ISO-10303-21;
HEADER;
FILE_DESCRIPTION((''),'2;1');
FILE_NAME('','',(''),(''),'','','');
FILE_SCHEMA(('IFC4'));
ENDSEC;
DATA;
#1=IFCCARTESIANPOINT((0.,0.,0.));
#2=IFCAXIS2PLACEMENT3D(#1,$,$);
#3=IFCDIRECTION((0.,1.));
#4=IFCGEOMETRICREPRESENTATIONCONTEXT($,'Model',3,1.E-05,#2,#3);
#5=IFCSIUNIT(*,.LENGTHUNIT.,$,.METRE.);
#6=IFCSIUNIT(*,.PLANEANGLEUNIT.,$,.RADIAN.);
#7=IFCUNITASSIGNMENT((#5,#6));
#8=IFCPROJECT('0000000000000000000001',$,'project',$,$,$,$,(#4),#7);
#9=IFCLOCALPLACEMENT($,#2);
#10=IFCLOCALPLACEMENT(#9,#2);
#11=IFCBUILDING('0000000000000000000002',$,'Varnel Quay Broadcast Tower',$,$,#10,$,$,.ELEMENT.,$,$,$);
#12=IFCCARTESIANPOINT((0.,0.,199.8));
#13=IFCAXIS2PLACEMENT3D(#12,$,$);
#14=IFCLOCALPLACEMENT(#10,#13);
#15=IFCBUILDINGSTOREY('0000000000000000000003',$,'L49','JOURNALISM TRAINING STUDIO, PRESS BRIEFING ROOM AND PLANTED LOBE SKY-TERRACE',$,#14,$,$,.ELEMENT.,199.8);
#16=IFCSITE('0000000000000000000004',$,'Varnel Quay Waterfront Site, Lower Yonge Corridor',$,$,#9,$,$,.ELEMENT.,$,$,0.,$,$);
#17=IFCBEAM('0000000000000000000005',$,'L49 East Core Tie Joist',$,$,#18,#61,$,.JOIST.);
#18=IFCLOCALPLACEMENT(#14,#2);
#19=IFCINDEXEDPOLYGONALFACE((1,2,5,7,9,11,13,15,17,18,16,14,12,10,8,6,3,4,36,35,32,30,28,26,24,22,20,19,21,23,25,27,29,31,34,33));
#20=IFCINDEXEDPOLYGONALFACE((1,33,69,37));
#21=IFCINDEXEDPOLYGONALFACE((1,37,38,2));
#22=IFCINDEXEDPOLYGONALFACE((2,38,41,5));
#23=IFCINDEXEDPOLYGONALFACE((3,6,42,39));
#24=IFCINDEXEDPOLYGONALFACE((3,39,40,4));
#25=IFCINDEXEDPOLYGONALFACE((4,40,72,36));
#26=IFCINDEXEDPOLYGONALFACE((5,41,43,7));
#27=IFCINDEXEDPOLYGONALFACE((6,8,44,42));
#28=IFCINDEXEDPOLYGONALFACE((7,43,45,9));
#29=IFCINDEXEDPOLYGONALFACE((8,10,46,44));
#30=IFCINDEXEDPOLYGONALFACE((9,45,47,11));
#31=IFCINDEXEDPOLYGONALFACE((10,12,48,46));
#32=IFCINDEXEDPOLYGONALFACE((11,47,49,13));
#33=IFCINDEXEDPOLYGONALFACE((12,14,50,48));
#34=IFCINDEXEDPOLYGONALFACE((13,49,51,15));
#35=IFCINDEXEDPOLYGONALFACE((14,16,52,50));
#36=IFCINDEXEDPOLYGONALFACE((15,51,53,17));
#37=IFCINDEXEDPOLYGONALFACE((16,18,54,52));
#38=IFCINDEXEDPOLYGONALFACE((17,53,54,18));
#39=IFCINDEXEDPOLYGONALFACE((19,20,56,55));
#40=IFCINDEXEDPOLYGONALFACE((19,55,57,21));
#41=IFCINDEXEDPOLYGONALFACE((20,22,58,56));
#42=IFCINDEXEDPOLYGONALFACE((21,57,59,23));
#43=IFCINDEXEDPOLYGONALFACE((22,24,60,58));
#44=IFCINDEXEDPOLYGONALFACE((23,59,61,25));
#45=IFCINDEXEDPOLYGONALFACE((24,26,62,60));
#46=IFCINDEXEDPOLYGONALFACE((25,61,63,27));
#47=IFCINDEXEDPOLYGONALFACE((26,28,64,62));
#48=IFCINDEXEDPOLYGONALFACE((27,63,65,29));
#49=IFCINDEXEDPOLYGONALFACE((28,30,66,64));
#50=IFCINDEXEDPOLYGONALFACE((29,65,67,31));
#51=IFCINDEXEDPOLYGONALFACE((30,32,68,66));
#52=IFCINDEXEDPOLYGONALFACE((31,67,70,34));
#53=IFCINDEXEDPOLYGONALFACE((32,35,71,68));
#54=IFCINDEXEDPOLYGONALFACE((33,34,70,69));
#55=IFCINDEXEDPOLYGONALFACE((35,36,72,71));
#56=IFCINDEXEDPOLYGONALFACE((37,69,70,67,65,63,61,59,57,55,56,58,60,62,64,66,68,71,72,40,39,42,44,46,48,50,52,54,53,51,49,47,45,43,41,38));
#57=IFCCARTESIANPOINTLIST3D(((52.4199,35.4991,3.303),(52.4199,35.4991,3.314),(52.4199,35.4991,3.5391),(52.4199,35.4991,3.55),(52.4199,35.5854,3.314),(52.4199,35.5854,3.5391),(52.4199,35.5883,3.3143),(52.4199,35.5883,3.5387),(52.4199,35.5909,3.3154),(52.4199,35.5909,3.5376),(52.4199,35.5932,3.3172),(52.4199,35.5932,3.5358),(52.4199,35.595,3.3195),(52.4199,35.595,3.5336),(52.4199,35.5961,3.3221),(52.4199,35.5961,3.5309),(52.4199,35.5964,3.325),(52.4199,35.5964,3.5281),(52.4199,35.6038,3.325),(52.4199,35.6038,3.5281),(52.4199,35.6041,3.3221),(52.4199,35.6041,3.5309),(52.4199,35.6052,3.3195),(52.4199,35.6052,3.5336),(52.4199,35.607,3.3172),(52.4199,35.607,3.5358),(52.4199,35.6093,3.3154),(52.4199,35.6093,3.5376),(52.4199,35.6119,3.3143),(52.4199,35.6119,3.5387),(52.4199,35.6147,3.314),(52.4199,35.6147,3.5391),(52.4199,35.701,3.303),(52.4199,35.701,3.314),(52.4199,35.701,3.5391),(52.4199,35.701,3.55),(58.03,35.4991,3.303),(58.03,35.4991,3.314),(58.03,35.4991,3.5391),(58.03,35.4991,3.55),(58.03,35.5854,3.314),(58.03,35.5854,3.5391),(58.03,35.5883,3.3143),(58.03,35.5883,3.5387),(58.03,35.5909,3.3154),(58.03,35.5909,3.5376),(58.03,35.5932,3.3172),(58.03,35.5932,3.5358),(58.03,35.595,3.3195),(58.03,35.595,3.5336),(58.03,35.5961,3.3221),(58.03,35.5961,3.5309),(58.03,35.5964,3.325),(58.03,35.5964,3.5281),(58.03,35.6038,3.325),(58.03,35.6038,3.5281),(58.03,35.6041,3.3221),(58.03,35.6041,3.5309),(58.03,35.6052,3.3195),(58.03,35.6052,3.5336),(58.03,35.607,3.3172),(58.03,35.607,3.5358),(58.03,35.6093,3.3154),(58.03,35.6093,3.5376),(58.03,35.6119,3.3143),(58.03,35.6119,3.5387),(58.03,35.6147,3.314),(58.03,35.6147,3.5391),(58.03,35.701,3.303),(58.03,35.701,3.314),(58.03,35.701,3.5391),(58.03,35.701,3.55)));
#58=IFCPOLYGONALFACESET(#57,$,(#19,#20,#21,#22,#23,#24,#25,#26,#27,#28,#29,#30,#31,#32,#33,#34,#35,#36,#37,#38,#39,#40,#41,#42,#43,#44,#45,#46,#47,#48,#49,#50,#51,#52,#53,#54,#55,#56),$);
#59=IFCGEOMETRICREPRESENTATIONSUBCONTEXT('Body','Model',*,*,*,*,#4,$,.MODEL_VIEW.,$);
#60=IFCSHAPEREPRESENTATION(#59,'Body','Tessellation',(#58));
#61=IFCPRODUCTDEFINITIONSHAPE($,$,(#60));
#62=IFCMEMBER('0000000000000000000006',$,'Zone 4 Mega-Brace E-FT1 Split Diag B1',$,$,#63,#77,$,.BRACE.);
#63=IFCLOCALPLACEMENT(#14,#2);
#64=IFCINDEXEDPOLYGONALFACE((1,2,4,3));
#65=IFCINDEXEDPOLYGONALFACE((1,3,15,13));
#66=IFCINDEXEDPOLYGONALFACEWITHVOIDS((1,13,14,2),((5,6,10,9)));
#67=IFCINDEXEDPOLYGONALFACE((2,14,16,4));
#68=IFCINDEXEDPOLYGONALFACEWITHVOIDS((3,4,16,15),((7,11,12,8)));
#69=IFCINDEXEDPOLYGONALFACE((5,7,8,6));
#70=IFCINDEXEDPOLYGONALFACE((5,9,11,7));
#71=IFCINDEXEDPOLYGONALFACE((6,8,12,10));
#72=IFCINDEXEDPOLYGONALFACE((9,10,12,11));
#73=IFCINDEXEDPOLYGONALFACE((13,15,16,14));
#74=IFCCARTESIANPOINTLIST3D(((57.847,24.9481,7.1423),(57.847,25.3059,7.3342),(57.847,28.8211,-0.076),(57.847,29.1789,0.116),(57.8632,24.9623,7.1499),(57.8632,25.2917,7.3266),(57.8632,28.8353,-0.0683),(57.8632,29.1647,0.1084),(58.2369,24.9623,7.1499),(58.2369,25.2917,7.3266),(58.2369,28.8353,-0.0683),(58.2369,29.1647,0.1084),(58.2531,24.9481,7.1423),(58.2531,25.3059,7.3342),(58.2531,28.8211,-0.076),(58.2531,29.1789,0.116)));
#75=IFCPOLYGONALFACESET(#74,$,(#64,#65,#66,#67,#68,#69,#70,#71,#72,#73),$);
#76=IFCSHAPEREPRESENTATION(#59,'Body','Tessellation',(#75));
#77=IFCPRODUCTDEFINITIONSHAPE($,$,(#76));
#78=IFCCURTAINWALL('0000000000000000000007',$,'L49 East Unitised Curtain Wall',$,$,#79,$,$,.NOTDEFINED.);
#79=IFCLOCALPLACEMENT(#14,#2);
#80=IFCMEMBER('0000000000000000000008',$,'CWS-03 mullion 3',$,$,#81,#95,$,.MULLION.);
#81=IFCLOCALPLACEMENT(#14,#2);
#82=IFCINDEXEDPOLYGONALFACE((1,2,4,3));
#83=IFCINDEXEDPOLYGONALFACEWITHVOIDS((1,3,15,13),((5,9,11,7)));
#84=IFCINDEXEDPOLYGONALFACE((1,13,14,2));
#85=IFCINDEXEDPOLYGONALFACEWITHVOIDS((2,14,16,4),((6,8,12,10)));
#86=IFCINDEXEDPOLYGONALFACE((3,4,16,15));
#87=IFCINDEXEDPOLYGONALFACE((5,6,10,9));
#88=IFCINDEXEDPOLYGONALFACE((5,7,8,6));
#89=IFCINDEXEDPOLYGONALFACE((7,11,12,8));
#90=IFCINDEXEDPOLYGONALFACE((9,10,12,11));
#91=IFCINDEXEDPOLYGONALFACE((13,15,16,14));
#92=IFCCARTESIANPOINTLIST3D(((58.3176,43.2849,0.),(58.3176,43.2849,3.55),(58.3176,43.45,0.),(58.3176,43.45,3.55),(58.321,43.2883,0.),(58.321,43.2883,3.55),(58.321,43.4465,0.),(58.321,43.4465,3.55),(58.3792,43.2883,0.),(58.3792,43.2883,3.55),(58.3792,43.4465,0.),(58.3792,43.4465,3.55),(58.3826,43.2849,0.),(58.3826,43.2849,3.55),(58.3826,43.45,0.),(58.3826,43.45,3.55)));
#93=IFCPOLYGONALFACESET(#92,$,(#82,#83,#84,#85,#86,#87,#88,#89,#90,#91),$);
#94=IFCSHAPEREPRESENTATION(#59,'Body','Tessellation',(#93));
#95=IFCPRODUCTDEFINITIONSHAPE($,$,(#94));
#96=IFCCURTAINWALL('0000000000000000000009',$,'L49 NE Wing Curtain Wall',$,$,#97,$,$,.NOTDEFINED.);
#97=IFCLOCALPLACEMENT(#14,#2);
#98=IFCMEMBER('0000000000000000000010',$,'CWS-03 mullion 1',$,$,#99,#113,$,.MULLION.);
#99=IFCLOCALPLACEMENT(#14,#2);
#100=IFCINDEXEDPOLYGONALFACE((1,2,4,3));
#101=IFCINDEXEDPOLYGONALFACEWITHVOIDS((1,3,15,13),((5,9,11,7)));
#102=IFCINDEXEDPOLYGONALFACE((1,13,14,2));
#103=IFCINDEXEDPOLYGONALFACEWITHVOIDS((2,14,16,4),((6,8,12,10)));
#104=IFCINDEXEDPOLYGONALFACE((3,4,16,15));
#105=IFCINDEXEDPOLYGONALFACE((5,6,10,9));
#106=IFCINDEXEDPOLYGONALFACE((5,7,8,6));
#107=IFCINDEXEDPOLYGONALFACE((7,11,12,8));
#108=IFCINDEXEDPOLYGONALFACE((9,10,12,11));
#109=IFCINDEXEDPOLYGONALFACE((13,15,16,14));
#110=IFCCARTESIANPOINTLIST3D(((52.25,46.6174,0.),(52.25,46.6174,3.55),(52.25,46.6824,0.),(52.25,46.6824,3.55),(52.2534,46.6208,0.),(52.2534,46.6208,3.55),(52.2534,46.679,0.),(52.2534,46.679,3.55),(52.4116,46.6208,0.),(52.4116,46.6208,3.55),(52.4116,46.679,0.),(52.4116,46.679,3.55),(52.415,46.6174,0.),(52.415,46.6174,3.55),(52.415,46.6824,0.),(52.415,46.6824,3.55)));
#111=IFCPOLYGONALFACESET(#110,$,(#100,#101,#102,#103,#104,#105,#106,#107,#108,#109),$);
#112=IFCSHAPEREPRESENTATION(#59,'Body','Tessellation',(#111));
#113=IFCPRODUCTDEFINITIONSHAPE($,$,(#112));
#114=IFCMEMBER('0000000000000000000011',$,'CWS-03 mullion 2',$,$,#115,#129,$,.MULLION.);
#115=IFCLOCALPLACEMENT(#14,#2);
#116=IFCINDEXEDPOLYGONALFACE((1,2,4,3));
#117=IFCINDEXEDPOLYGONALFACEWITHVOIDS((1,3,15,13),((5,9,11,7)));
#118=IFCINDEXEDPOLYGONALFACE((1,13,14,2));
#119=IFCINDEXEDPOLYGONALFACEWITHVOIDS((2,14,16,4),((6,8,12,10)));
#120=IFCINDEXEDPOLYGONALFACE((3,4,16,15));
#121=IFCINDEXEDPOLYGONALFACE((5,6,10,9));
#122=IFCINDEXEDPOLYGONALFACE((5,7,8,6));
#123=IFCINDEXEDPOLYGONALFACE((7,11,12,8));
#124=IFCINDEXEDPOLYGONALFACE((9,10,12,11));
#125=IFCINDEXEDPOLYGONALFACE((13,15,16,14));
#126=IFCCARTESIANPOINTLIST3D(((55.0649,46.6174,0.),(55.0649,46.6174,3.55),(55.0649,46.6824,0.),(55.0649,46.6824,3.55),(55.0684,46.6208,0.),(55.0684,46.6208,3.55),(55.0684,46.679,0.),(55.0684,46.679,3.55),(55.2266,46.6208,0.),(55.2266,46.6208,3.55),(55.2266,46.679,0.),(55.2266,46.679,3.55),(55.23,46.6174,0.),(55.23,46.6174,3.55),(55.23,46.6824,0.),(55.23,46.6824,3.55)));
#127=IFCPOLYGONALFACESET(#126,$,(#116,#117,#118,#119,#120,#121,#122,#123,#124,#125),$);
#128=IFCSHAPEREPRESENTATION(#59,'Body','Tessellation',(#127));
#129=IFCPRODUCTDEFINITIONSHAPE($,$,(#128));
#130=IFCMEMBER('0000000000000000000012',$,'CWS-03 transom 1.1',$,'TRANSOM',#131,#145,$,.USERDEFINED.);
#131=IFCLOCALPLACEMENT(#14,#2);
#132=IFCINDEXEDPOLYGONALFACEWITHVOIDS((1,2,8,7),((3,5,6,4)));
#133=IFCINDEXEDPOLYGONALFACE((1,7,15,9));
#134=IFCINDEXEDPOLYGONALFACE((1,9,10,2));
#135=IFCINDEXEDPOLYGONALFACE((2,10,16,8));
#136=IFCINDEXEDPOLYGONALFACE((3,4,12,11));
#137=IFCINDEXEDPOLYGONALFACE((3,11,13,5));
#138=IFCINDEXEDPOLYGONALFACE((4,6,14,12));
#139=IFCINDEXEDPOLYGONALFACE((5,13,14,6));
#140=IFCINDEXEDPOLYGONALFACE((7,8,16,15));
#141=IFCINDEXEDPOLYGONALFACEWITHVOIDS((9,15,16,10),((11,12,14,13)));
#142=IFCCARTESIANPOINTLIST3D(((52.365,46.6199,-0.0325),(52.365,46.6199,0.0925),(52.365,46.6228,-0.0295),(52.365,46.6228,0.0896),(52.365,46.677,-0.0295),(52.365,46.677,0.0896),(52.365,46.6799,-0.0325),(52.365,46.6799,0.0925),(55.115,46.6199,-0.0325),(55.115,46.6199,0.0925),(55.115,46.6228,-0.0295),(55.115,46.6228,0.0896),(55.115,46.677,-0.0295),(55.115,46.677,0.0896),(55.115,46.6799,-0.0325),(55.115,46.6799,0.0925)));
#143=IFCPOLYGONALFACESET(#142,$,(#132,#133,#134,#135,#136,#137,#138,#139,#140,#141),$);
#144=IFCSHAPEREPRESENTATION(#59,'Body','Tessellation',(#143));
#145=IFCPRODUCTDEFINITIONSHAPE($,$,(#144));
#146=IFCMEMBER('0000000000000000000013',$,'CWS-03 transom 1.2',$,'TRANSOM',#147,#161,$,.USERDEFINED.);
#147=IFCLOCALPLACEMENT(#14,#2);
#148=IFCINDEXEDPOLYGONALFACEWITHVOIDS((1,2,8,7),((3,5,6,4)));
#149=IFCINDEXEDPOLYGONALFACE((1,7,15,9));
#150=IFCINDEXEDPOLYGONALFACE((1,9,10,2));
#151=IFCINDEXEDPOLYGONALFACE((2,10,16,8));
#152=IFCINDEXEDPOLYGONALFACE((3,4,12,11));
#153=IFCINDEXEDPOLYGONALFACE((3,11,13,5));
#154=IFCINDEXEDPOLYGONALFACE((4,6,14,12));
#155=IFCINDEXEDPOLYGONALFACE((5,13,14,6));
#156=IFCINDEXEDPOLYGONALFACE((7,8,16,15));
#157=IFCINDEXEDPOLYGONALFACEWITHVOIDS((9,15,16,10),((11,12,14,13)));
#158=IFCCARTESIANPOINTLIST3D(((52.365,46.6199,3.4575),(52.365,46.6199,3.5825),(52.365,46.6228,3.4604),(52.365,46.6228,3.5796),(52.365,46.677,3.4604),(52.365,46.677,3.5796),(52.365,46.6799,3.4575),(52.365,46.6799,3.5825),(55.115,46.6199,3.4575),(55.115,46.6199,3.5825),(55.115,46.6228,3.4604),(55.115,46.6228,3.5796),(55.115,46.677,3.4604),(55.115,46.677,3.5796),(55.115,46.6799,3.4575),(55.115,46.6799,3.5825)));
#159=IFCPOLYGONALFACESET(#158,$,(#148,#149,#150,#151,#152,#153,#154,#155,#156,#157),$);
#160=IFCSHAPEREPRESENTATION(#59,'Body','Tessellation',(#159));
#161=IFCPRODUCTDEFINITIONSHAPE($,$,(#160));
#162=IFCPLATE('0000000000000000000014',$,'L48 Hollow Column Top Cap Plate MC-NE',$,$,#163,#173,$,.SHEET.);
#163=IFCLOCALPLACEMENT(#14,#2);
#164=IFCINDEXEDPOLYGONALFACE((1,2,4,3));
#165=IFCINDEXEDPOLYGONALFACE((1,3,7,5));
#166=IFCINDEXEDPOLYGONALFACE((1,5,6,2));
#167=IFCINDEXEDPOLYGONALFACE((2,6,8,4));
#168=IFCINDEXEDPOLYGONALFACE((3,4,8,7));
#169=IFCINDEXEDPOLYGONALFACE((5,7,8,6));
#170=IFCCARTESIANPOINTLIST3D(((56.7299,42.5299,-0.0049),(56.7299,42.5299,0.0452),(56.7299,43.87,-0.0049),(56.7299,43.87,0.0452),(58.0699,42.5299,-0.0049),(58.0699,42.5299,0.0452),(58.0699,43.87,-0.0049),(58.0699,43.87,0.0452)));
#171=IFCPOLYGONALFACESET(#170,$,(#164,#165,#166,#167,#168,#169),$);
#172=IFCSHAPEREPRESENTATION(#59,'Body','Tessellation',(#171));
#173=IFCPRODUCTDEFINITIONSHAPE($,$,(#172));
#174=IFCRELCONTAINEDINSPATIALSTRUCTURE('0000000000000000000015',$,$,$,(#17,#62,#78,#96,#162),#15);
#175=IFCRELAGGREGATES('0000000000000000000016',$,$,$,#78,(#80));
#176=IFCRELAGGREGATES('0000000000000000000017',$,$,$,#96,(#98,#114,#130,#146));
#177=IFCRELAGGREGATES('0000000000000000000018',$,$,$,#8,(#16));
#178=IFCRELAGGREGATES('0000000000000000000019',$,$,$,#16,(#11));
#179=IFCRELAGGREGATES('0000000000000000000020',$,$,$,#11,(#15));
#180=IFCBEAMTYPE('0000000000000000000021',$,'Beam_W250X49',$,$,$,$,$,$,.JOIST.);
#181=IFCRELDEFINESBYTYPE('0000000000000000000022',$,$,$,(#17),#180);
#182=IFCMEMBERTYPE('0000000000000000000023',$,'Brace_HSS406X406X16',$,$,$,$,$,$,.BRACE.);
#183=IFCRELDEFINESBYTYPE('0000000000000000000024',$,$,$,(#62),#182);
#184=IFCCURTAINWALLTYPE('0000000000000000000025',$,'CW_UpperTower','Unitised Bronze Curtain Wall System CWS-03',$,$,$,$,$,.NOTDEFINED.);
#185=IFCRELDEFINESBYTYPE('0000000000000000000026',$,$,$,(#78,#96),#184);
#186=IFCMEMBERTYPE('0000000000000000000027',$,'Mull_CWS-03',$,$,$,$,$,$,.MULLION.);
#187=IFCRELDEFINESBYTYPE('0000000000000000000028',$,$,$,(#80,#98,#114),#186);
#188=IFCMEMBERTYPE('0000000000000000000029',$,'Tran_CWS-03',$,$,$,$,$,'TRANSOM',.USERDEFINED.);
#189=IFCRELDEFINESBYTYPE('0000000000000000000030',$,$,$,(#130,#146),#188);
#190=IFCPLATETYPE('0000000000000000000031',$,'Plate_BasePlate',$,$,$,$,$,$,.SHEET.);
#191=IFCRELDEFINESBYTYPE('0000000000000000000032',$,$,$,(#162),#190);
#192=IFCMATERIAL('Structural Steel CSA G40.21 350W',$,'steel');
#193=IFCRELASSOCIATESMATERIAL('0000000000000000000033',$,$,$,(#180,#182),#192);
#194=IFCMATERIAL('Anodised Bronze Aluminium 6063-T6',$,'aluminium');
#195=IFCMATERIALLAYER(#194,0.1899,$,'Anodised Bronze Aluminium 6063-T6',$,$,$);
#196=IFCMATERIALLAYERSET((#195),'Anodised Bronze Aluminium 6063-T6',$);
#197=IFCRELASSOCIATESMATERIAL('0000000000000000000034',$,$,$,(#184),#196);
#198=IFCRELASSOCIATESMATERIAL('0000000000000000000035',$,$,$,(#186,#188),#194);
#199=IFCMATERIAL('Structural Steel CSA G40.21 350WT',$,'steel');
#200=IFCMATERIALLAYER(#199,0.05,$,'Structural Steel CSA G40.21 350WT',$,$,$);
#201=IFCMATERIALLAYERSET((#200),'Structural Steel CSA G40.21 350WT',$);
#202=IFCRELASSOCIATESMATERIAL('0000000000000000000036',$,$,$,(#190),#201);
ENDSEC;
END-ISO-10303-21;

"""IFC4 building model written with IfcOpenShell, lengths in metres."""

from ifc_helpers import new_model, si_unit, direction, frame, origin, origin_2d, place, context, subcontext, project, spatial, rectangle, hollow_rectangle, i_section, extrude, source, transform, mapped, material, layer, layer_set, material_profile, profile_set, type_object, type_shapes, element, aggregate, save


model = new_model("IFC4")

# Units and contexts
model_context = context("Model", 3, precision=1e-05, world=origin(), true_north=direction((0.0, 1.0)))
body_context = subcontext(model_context, "Body", "Model", "MODEL_VIEW")
ifc_project = project(units=[si_unit("LENGTHUNIT", "METRE"), si_unit("PLANEANGLEUNIT", "RADIAN")], contexts=[model_context])

# Site, building, storey
site_placement = place(None, origin())
site = spatial("IfcSite", under=ifc_project, at=site_placement, Name="Varnel Quay Waterfront Site, Lower Yonge Corridor", CompositionType="ELEMENT", RefElevation=0.0)
building_placement = place(site_placement, origin())
building = spatial("IfcBuilding", under=site, at=building_placement, Name="Varnel Quay Broadcast Tower", CompositionType="ELEMENT")
storey_placement = place(building_placement, frame((0.0, 0.0, 199.8)))
storey = spatial("IfcBuildingStorey", under=building, at=storey_placement, Name="L49", Description="JOURNALISM TRAINING STUDIO, PRESS BRIEFING ROOM AND PLANTED LOBE SKY-TERRACE", CompositionType="ELEMENT", Elevation=199.8)

# Shared definitions
ifc_material_1 = material(Name="Structural Steel CSA G40.21 350WT", Category="steel")
ifc_material_2 = material(Name="Structural Steel CSA G40.21 350W", Category="steel")

# Beam
ifc_material_profile_1 = material_profile(ifc_material_2, i_section(OverallWidth=0.2019, OverallDepth=0.2471, WebThickness=0.0073, FlangeThickness=0.011, FilletRadius=0.011, at=origin_2d()), Name="W250X49")
ifc_profile_set_1 = profile_set([ifc_material_profile_1], Name="Structural Steel CSA G40.21 350W")
beam_type_1 = type_object("IfcBeamType", Name="Beam_W250X49", PredefinedType="JOIST", material=ifc_profile_set_1)
shared_shape_1 = source(origin(), body_context, "Body", "SweptSolid", [
    extrude(i_section(OverallWidth=0.2019, OverallDepth=0.2471, WebThickness=0.0073, FlangeThickness=0.011, FilletRadius=0.011, at=origin_2d()), origin(), (0.0, 0.0, 1.0), 5.6101),
])
type_shapes(beam_type_1, [shared_shape_1])
beam_1_placement = place(storey_placement, frame((52.4199, 35.6001, 3.4265), z_axis=(1.0, 0.0, 0.0), x_axis=(0.0, 1.0, 0.0)))
element("IfcBeam", 1, at=beam_1_placement, inside=storey, type_object=beam_type_1, Name="L49 East Core Tie Joist", PredefinedType="JOIST", context=body_context, shape_type="MappedRepresentation", body=[
    mapped(shared_shape_1, transform((0.0, 0.0, 0.0), x_axis=(1.0, 0.0, 0.0), y_axis=(0.0, 1.0, 0.0), z_axis=(0.0, 0.0, 1.0), scale=1.0)),
])

# Member
ifc_material_profile_2 = material_profile(ifc_material_2, hollow_rectangle(XDim=0.406, YDim=0.406, WallThickness=0.0161, at=origin_2d()), Name="HSS406X406X16")
ifc_profile_set_2 = profile_set([ifc_material_profile_2], Name="Structural Steel CSA G40.21 350W")
member_type_1 = type_object("IfcMemberType", Name="Brace_HSS406X406X16", PredefinedType="BRACE", material=ifc_profile_set_2)
shared_shape_2 = source(origin(), body_context, "Body", "SweptSolid", [
    extrude(hollow_rectangle(XDim=0.406, YDim=0.406, WallThickness=0.0161, at=origin_2d()), origin(), (0.0, 0.0, 1.0), 8.1917),
])
type_shapes(member_type_1, [shared_shape_2])
member_1_placement = place(storey_placement, frame((58.05, 29.0, 0.02), z_axis=(0.0, -0.472802, 0.881169), x_axis=(1.0, 0.0, 0.0)))
element("IfcMember", 2, at=member_1_placement, inside=storey, type_object=member_type_1, Name="Zone 4 Mega-Brace E-FT1 Split Diag B1", PredefinedType="BRACE", context=body_context, shape_type="MappedRepresentation", body=[
    mapped(shared_shape_2, transform((0.0, 0.0, 0.0), x_axis=(1.0, 0.0, 0.0), y_axis=(0.0, 1.0, 0.0), z_axis=(0.0, 0.0, 1.0), scale=1.0)),
])

# Curtain wall, member
ifc_material_3 = material(Name="Anodised Bronze Aluminium 6063-T6", Category="aluminium")
ifc_layer_1 = layer(ifc_material_3, 0.1899, Name="Anodised Bronze Aluminium 6063-T6")
ifc_layer_set_1 = layer_set([ifc_layer_1], Name="Anodised Bronze Aluminium 6063-T6")
curtain_wall_type = type_object("IfcCurtainWallType", Name="CW_UpperTower", Description="Unitised Bronze Curtain Wall System CWS-03", PredefinedType="NOTDEFINED", material=ifc_layer_set_1)
curtain_wall_1_placement = place(storey_placement, origin())
curtain_wall_1 = element("IfcCurtainWall", 3, at=curtain_wall_1_placement, inside=storey, type_object=curtain_wall_type, Name="L49 East Unitised Curtain Wall", PredefinedType="NOTDEFINED")
ifc_material_profile_3 = material_profile(ifc_material_3, hollow_rectangle(XDim=0.0649, YDim=0.165, WallThickness=0.0034, at=origin_2d()), Name="ALU65X165X3.5")
ifc_profile_set_3 = profile_set([ifc_material_profile_3], Name="Anodised Bronze Aluminium 6063-T6")
member_type_2 = type_object("IfcMemberType", Name="Mull_CWS-03", PredefinedType="MULLION", material=ifc_profile_set_3)
shared_shape_3 = source(origin(), body_context, "Body", "SweptSolid", [
    extrude(hollow_rectangle(XDim=0.0649, YDim=0.165, WallThickness=0.0034, at=origin_2d()), origin(), (0.0, 0.0, 1.0), 3.55),
])
type_shapes(member_type_2, [shared_shape_3])
member_2_placement = place(storey_placement, frame((58.3501, 43.3674, 0.0), z_axis=(0.0, 0.0, 1.0), x_axis=(-1.0, 0.0, 0.0)))
member_2 = element("IfcMember", 4, at=member_2_placement, type_object=member_type_2, Name="CWS-03 mullion 3", PredefinedType="MULLION", context=body_context, shape_type="MappedRepresentation", body=[
    mapped(shared_shape_3, transform((0.0, 0.0, 0.0), x_axis=(1.0, 0.0, 0.0), y_axis=(0.0, 1.0, 0.0), z_axis=(0.0, 0.0, 1.0), scale=1.0)),
])

# Curtain wall, members
curtain_wall_2_placement = place(storey_placement, origin())
curtain_wall_2 = element("IfcCurtainWall", 5, at=curtain_wall_2_placement, inside=storey, type_object=curtain_wall_type, Name="L49 NE Wing Curtain Wall", PredefinedType="NOTDEFINED")
member_3_placement = place(storey_placement, frame((52.3325, 46.6499, 0.0), z_axis=(0.0, 0.0, 1.0), x_axis=(0.0, 1.0, 0.0)))
member_3 = element("IfcMember", 6, at=member_3_placement, type_object=member_type_2, Name="CWS-03 mullion 1", PredefinedType="MULLION", context=body_context, shape_type="MappedRepresentation", body=[
    mapped(shared_shape_3, transform((0.0, 0.0, 0.0), x_axis=(1.0, 0.0, 0.0), y_axis=(0.0, 1.0, 0.0), z_axis=(0.0, 0.0, 1.0), scale=1.0)),
])
member_4_placement = place(storey_placement, frame((55.1475, 46.6499, 0.0), z_axis=(0.0, 0.0, 1.0), x_axis=(0.0, 1.0, 0.0)))
member_4 = element("IfcMember", 7, at=member_4_placement, type_object=member_type_2, Name="CWS-03 mullion 2", PredefinedType="MULLION", context=body_context, shape_type="MappedRepresentation", body=[
    mapped(shared_shape_3, transform((0.0, 0.0, 0.0), x_axis=(1.0, 0.0, 0.0), y_axis=(0.0, 1.0, 0.0), z_axis=(0.0, 0.0, 1.0), scale=1.0)),
])
ifc_material_profile_4 = material_profile(ifc_material_3, hollow_rectangle(XDim=0.0601, YDim=0.125, WallThickness=0.0029, at=origin_2d()), Name="ALU60X125X3")
ifc_profile_set_4 = profile_set([ifc_material_profile_4], Name="Anodised Bronze Aluminium 6063-T6")
member_type_3 = type_object("IfcMemberType", Name="Tran_CWS-03", ElementType="TRANSOM", PredefinedType="USERDEFINED", material=ifc_profile_set_4)
shared_shape_4 = source(origin(), body_context, "Body", "SweptSolid", [
    extrude(hollow_rectangle(XDim=0.0601, YDim=0.125, WallThickness=0.0029, at=origin_2d()), origin(), (0.0, 0.0, 1.0), 2.75),
])
type_shapes(member_type_3, [shared_shape_4])
member_5_placement = place(storey_placement, frame((52.365, 46.6499, 0.03), z_axis=(1.0, 0.0, 0.0), x_axis=(0.0, 1.0, 0.0)))
member_5 = element("IfcMember", 8, at=member_5_placement, type_object=member_type_3, Name="CWS-03 transom 1.1", ObjectType="TRANSOM", PredefinedType="USERDEFINED", context=body_context, shape_type="MappedRepresentation", body=[
    mapped(shared_shape_4, transform((0.0, 0.0, 0.0), x_axis=(1.0, 0.0, 0.0), y_axis=(0.0, 1.0, 0.0), z_axis=(0.0, 0.0, 1.0), scale=1.0)),
])
member_6_placement = place(storey_placement, frame((52.365, 46.6499, 3.52), z_axis=(1.0, 0.0, 0.0), x_axis=(0.0, 1.0, 0.0)))
member_6 = element("IfcMember", 9, at=member_6_placement, type_object=member_type_3, Name="CWS-03 transom 1.2", ObjectType="TRANSOM", PredefinedType="USERDEFINED", context=body_context, shape_type="MappedRepresentation", body=[
    mapped(shared_shape_4, transform((0.0, 0.0, 0.0), x_axis=(1.0, 0.0, 0.0), y_axis=(0.0, 1.0, 0.0), z_axis=(0.0, 0.0, 1.0), scale=1.0)),
])

# Plate
ifc_layer_2 = layer(ifc_material_1, 0.05, Name="Structural Steel CSA G40.21 350WT")
ifc_layer_set_2 = layer_set([ifc_layer_2], Name="Structural Steel CSA G40.21 350WT")
plate_type_1 = type_object("IfcPlateType", Name="Plate_BasePlate", PredefinedType="SHEET", material=ifc_layer_set_2)
shared_shape_5 = source(origin(), body_context, "Body", "SweptSolid", [
    extrude(rectangle(XDim=1.3401, YDim=1.3401, at=origin_2d()), origin(), (0.0, 0.0, 1.0), 0.05),
])
type_shapes(plate_type_1, [shared_shape_5])
plate_1_placement = place(storey_placement, frame((57.3999, 43.2, -0.0049), z_axis=(0.0, 0.0, 1.0), x_axis=(1.0, 0.0, 0.0)))
element("IfcPlate", 10, at=plate_1_placement, inside=storey, type_object=plate_type_1, Name="L48 Hollow Column Top Cap Plate MC-NE", PredefinedType="SHEET", context=body_context, shape_type="MappedRepresentation", body=[
    mapped(shared_shape_5, transform((0.0, 0.0, 0.0), x_axis=(1.0, 0.0, 0.0), y_axis=(0.0, 1.0, 0.0), z_axis=(0.0, 0.0, 1.0), scale=1.0)),
])
aggregate(curtain_wall_1, [member_2])
aggregate(curtain_wall_2, [member_3, member_4, member_5, member_6])

save(model, "model.ifc")
